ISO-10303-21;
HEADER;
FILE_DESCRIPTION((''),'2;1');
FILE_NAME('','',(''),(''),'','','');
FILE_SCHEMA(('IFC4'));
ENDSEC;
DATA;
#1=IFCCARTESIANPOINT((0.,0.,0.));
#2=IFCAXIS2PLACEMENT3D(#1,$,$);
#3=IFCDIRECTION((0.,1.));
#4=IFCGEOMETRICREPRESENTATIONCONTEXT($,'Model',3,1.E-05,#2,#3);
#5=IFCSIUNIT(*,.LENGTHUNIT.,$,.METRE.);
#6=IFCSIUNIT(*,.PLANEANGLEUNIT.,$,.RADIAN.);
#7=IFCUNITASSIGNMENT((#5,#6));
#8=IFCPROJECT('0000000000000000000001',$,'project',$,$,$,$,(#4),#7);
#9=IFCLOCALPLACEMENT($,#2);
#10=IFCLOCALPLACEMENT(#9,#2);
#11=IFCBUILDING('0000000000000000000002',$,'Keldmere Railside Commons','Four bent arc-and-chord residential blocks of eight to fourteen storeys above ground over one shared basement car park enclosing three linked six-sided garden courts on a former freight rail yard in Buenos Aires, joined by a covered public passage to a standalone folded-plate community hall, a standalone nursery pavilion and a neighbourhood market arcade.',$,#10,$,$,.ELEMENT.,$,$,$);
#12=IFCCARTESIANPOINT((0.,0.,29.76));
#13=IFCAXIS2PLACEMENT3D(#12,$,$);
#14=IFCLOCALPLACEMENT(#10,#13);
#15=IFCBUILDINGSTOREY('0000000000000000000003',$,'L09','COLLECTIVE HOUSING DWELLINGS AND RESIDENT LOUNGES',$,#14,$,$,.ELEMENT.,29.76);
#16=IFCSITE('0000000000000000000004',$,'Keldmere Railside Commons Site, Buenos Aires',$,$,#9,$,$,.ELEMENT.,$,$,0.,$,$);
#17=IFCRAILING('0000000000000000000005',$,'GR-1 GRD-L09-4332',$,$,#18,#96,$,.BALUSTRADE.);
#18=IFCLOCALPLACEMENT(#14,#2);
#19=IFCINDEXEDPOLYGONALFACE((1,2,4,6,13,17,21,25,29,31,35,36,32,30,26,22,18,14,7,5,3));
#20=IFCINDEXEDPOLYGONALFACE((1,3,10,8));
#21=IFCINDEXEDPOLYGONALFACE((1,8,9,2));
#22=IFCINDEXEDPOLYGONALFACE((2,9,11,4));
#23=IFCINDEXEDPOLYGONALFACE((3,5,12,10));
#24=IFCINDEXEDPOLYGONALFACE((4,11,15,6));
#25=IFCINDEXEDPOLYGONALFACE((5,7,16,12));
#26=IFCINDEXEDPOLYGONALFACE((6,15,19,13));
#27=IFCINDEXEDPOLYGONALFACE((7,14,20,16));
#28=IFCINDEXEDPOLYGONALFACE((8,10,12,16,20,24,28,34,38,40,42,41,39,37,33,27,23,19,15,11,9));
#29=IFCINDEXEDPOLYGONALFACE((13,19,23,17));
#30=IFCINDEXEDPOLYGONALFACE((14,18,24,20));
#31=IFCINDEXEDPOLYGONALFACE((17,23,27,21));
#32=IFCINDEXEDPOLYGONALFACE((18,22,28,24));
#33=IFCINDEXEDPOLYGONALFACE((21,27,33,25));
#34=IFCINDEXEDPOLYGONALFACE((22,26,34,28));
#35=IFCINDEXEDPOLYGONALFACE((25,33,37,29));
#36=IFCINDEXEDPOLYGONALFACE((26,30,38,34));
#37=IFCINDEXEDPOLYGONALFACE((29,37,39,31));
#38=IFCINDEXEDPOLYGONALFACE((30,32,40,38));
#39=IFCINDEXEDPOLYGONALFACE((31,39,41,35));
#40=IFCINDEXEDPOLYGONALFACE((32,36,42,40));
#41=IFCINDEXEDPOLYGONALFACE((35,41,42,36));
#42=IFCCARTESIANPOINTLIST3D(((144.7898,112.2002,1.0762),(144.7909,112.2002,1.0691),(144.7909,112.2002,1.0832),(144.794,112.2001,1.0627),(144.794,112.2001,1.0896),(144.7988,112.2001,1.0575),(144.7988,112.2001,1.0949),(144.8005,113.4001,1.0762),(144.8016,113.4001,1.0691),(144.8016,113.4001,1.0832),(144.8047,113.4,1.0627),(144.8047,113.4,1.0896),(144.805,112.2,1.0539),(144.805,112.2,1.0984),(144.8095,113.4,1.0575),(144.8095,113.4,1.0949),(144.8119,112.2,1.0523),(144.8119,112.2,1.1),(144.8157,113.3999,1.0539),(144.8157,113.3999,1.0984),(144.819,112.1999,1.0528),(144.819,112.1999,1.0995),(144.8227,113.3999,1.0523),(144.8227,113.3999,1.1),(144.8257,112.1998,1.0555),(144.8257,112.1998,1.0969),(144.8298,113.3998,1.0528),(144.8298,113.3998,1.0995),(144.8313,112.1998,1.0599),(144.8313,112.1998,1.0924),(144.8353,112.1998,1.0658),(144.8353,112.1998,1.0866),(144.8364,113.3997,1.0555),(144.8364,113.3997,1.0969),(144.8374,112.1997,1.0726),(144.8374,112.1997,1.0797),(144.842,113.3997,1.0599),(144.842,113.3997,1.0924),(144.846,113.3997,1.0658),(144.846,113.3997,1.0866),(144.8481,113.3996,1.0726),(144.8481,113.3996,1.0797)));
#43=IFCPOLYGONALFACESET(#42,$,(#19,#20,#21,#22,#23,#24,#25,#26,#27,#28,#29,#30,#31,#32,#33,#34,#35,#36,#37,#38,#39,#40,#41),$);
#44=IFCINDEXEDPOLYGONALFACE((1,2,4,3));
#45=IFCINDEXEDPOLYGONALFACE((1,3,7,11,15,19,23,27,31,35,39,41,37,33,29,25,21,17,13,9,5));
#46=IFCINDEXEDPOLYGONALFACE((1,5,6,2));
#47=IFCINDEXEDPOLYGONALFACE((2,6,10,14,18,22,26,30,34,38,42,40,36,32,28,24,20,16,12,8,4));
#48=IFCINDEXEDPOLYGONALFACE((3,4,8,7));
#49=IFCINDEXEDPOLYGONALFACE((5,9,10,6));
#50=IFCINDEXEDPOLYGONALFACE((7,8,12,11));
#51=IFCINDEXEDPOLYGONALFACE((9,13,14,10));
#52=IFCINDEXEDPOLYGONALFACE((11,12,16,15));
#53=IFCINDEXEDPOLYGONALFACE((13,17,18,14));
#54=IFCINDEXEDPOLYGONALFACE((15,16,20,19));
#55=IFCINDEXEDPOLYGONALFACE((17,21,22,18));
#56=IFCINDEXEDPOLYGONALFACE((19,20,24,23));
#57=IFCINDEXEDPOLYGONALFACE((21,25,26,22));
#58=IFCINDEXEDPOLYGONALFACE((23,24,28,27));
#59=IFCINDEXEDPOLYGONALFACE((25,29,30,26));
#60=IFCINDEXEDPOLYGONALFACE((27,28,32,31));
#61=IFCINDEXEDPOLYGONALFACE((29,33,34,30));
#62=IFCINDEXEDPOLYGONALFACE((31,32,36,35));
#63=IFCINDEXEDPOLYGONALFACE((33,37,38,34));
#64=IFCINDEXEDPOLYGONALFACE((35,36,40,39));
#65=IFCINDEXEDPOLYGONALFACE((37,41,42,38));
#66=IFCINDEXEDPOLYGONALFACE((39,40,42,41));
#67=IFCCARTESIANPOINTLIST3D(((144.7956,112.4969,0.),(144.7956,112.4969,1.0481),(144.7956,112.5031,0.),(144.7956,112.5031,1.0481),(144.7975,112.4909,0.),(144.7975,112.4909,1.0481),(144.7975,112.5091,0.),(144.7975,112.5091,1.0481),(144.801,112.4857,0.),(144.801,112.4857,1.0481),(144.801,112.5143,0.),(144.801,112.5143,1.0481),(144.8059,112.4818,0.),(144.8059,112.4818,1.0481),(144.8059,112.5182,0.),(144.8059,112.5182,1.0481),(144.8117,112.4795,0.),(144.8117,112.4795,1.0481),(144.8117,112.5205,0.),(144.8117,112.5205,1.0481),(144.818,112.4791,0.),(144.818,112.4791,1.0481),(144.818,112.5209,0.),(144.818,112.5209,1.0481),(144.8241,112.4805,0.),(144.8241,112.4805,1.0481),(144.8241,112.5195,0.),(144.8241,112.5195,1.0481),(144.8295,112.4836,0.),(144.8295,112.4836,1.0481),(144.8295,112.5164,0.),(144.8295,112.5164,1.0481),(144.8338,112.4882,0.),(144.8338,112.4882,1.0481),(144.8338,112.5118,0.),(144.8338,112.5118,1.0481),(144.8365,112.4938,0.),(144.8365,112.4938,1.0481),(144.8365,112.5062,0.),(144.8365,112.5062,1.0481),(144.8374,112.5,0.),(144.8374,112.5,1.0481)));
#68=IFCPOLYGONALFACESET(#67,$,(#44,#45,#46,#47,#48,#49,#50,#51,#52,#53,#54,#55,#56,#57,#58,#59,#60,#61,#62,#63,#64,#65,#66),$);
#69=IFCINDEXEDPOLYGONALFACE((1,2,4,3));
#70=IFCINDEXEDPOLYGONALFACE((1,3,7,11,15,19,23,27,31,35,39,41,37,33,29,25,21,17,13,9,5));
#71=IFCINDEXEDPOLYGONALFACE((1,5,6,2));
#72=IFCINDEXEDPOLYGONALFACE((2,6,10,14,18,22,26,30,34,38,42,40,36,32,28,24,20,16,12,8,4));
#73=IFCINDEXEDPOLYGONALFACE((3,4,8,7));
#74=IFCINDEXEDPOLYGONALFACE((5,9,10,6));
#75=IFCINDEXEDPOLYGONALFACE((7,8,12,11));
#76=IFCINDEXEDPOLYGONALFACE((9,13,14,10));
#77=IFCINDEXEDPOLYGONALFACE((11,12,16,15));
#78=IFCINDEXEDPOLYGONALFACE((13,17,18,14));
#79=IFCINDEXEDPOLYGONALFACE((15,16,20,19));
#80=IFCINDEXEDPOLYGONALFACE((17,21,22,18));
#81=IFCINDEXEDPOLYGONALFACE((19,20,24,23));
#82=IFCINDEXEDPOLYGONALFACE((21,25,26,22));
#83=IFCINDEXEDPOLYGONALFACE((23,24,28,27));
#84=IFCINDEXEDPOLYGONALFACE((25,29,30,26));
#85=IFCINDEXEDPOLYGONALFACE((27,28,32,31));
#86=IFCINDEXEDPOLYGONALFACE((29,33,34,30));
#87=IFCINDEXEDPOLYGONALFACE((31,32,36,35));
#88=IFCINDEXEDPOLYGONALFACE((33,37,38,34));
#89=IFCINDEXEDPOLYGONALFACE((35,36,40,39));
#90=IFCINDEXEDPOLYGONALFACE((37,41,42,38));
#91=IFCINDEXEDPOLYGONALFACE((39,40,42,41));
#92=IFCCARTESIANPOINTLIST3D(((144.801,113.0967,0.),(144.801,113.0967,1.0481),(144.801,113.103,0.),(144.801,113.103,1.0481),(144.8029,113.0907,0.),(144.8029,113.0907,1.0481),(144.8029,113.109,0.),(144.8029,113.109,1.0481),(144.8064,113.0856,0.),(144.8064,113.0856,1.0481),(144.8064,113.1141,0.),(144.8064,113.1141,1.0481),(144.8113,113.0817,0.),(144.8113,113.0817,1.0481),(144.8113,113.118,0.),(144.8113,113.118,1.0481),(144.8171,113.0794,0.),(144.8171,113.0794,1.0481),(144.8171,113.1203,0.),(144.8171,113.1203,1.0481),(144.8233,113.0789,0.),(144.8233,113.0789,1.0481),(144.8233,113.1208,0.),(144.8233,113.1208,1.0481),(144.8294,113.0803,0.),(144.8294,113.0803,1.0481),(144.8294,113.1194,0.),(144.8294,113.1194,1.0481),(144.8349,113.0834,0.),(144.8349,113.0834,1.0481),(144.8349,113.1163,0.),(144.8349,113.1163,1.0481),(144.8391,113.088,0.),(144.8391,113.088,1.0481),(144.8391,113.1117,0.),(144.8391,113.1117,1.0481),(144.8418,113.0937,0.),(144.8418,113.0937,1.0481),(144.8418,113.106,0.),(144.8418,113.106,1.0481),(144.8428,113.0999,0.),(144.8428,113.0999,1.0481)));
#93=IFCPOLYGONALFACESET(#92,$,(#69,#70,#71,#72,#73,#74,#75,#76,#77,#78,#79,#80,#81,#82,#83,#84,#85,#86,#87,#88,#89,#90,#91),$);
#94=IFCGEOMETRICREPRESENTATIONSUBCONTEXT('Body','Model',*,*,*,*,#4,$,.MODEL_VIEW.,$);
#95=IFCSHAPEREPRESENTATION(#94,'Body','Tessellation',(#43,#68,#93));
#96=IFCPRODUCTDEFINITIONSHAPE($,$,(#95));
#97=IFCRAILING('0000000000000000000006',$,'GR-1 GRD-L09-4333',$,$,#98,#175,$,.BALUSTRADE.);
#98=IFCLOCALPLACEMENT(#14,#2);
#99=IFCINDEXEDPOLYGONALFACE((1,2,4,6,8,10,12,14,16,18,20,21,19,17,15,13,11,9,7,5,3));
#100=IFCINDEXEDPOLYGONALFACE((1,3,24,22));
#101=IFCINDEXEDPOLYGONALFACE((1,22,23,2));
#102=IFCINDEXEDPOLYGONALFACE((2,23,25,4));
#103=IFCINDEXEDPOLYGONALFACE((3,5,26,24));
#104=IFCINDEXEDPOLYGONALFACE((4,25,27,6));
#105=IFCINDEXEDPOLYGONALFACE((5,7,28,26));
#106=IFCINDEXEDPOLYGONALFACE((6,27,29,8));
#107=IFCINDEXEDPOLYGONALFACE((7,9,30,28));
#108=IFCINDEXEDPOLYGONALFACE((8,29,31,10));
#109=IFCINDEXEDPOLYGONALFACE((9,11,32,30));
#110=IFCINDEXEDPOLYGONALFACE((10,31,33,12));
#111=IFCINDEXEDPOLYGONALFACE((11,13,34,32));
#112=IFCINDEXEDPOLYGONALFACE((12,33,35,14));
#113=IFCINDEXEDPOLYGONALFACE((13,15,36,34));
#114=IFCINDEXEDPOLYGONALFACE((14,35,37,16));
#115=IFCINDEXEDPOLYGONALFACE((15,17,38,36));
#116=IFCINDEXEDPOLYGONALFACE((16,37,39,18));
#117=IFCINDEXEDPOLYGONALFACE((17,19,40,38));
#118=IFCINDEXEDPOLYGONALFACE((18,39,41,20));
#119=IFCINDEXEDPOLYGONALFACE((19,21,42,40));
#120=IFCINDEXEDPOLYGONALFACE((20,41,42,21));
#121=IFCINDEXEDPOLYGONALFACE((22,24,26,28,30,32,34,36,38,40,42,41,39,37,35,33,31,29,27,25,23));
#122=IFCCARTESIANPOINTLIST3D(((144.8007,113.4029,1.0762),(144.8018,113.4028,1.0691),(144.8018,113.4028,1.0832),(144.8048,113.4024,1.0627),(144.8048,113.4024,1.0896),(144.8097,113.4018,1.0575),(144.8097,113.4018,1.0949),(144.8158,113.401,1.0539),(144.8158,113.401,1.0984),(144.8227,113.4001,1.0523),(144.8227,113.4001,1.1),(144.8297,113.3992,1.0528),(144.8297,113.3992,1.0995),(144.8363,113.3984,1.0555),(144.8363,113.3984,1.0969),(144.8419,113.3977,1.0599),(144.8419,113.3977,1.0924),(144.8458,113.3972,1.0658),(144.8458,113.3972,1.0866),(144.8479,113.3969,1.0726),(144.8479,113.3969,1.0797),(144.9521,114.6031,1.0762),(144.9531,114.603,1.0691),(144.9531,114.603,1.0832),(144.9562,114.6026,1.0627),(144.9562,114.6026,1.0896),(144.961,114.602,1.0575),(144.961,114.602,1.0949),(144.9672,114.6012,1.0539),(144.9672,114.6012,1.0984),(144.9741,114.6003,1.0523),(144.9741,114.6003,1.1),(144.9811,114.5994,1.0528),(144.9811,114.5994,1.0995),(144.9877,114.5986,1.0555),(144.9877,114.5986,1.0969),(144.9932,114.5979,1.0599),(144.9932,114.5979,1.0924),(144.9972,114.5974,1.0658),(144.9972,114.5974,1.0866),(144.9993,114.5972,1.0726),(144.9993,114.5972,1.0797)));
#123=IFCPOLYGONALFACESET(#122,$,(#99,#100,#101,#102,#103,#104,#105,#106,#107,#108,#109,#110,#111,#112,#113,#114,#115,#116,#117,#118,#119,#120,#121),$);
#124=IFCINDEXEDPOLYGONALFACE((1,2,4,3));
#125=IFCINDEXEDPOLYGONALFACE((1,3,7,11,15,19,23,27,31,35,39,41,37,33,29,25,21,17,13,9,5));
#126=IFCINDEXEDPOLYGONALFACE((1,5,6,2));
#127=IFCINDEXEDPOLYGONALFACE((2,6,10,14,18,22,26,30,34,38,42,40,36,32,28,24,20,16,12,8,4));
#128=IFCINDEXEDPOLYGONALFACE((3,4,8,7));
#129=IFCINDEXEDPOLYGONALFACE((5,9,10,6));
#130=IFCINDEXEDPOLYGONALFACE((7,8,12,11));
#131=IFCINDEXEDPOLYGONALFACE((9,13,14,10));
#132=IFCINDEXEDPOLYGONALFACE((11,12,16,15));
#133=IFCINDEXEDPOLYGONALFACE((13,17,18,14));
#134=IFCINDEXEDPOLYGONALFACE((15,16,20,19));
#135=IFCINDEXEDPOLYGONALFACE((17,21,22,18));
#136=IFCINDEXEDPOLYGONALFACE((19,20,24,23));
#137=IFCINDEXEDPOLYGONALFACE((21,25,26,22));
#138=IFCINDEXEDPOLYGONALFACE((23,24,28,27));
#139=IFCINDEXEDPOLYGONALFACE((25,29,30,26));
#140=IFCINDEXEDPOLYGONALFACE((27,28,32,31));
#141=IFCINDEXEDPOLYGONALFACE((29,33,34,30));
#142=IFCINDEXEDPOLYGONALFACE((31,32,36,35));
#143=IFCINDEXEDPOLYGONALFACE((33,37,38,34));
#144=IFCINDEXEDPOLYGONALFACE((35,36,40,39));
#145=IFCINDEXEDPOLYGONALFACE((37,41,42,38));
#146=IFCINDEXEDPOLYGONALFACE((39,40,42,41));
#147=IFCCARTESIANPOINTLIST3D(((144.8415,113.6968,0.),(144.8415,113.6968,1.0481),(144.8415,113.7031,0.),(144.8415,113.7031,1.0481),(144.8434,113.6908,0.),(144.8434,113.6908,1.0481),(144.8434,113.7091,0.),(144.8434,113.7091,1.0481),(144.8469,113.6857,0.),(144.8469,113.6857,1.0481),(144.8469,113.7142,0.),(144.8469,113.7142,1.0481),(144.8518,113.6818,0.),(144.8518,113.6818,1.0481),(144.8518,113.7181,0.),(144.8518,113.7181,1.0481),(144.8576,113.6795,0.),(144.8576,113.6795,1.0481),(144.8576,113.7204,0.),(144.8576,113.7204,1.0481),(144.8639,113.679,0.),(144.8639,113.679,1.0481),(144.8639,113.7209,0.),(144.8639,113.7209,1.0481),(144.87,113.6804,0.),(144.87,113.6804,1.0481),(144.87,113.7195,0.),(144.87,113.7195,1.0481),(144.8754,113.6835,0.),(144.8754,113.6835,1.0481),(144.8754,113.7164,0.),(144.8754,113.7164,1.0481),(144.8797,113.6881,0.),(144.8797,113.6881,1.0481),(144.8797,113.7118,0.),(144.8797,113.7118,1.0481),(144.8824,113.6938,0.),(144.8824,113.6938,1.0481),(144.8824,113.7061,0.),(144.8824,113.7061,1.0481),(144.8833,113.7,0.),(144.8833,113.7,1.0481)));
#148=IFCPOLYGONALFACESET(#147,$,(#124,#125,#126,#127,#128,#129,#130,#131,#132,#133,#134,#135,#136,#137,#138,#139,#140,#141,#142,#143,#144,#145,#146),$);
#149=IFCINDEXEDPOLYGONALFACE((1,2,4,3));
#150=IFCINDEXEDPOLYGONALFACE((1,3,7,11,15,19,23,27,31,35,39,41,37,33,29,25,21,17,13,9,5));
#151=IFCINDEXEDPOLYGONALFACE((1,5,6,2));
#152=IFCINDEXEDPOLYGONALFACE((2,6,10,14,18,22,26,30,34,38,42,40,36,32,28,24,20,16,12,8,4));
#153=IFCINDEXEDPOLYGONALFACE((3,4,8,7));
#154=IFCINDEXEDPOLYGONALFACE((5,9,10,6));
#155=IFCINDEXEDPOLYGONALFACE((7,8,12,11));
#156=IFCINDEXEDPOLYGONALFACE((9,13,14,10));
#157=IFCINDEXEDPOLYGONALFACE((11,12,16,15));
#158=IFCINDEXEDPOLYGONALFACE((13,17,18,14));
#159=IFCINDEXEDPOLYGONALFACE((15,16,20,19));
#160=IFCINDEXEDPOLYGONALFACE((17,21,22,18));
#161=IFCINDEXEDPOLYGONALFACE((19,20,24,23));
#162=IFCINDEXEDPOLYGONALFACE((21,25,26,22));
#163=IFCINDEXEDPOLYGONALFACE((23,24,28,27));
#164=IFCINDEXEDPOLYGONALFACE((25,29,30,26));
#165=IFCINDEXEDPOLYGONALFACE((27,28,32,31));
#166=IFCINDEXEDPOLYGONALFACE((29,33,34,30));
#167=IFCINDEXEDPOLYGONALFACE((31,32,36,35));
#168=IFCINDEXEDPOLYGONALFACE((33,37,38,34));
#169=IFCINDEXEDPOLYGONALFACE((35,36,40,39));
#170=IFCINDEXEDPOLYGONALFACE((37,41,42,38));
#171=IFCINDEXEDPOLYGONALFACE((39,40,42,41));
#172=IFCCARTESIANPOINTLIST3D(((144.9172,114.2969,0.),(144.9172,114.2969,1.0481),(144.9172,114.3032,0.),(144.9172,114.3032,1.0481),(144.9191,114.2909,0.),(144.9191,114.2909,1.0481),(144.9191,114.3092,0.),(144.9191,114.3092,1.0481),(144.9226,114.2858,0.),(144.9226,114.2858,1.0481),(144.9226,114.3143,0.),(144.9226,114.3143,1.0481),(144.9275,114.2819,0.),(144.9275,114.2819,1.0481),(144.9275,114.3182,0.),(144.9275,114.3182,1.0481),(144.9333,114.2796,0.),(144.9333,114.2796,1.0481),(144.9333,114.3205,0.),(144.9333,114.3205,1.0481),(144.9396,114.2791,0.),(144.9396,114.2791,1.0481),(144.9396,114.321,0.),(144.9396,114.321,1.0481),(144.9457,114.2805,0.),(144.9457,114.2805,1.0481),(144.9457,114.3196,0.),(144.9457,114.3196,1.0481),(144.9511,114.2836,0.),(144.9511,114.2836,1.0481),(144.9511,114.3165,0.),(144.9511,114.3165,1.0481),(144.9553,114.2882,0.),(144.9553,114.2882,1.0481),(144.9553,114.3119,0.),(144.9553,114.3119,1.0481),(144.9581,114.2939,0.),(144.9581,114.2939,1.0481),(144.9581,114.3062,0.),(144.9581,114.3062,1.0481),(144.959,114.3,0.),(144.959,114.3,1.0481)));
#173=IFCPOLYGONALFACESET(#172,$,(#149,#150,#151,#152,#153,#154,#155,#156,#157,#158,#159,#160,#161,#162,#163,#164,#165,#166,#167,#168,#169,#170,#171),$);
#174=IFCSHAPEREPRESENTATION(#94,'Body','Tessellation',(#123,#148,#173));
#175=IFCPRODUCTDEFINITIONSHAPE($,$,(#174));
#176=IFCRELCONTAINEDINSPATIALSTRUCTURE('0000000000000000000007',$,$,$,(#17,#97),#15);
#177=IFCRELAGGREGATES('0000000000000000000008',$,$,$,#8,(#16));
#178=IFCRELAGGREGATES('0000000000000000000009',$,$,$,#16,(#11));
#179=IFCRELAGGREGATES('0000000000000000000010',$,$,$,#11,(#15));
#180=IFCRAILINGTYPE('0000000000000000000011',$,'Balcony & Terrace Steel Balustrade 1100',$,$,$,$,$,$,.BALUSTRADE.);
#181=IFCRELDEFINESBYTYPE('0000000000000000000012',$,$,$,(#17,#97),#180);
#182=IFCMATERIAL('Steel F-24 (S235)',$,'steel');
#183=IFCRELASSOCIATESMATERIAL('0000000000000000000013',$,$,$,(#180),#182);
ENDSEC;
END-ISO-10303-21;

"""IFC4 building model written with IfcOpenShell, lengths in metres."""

from ifc_helpers import new_model, si_unit, direction, frame, origin, origin_2d, place, context, subcontext, project, spatial, circle, extrude, material, type_object, element, save


model = new_model("IFC4")

# Units and contexts
model_context = context("Model", 3, precision=1e-05, world=origin(), true_north=direction((0.0, 1.0)))
body_context = subcontext(model_context, "Body", "Model", "MODEL_VIEW")
ifc_project = project(units=[si_unit("LENGTHUNIT", "METRE"), si_unit("PLANEANGLEUNIT", "RADIAN")], contexts=[model_context])

# Site, building, storey
site_placement = place(None, origin())
site = spatial("IfcSite", under=ifc_project, at=site_placement, Name="Keldmere Railside Commons Site, Buenos Aires", CompositionType="ELEMENT", RefElevation=0.0)
building_placement = place(site_placement, origin())
building = spatial("IfcBuilding", under=site, at=building_placement, Name="Keldmere Railside Commons", Description="Four bent arc-and-chord residential blocks of eight to fourteen storeys above ground over one shared basement car park enclosing three linked six-sided garden courts on a former freight rail yard in Buenos Aires, joined by a covered public passage to a standalone folded-plate community hall, a standalone nursery pavilion and a neighbourhood market arcade.", CompositionType="ELEMENT")
storey_placement = place(building_placement, frame((0.0, 0.0, 29.76)))
storey = spatial("IfcBuildingStorey", under=building, at=storey_placement, Name="L09", Description="COLLECTIVE HOUSING DWELLINGS AND RESIDENT LOUNGES", CompositionType="ELEMENT", Elevation=29.76)

# Railings
ifc_material_1 = material(Name="Steel F-24 (S235)", Category="steel")
railing_type = type_object("IfcRailingType", Name="Balcony & Terrace Steel Balustrade 1100", PredefinedType="BALUSTRADE", material=ifc_material_1)
railing_1_placement = place(storey_placement, frame((144.8137, 112.2, 0.0)))
element("IfcRailing", 1, at=railing_1_placement, inside=storey, type_object=railing_type, Name="GR-1 GRD-L09-4332", PredefinedType="BALUSTRADE", context=body_context, shape_type="SweptSolid", body=[
    extrude(circle(Radius=0.0239, at=origin_2d()), frame((0.0, 0.0, 1.0762), z_axis=(0.008952, 0.99996, 0.0), x_axis=(-0.99996, 0.008952, 0.0)), (0.0, 0.0, 1.0), 1.2),
    extrude(circle(Radius=0.021, at=origin_2d()), frame((0.0027, 0.3, 0.0)), (0.0, 0.0, 1.0), 1.0481),
    extrude(circle(Radius=0.021, at=origin_2d()), frame((0.0081, 0.8999, 0.0)), (0.0, 0.0, 1.0), 1.0481),
])
railing_2_placement = place(storey_placement, frame((144.8245, 113.3999, 0.0)))
element("IfcRailing", 2, at=railing_2_placement, inside=storey, type_object=railing_type, Name="GR-1 GRD-L09-4333", PredefinedType="BALUSTRADE", context=body_context, shape_type="SweptSolid", body=[
    extrude(circle(Radius=0.0239, at=origin_2d()), frame((0.0, 0.0, 1.0762), z_axis=(0.125128, 0.992141, 0.0), x_axis=(-0.992141, 0.125128, 0.0)), (0.0, 0.0, 1.0), 1.2097),
    extrude(circle(Radius=0.021, at=origin_2d()), frame((0.0378, 0.3, 0.0)), (0.0, 0.0, 1.0), 1.0481),
    extrude(circle(Radius=0.021, at=origin_2d()), frame((0.1135, 0.9001, 0.0)), (0.0, 0.0, 1.0), 1.0481),
])

save(model, "model.ifc")
